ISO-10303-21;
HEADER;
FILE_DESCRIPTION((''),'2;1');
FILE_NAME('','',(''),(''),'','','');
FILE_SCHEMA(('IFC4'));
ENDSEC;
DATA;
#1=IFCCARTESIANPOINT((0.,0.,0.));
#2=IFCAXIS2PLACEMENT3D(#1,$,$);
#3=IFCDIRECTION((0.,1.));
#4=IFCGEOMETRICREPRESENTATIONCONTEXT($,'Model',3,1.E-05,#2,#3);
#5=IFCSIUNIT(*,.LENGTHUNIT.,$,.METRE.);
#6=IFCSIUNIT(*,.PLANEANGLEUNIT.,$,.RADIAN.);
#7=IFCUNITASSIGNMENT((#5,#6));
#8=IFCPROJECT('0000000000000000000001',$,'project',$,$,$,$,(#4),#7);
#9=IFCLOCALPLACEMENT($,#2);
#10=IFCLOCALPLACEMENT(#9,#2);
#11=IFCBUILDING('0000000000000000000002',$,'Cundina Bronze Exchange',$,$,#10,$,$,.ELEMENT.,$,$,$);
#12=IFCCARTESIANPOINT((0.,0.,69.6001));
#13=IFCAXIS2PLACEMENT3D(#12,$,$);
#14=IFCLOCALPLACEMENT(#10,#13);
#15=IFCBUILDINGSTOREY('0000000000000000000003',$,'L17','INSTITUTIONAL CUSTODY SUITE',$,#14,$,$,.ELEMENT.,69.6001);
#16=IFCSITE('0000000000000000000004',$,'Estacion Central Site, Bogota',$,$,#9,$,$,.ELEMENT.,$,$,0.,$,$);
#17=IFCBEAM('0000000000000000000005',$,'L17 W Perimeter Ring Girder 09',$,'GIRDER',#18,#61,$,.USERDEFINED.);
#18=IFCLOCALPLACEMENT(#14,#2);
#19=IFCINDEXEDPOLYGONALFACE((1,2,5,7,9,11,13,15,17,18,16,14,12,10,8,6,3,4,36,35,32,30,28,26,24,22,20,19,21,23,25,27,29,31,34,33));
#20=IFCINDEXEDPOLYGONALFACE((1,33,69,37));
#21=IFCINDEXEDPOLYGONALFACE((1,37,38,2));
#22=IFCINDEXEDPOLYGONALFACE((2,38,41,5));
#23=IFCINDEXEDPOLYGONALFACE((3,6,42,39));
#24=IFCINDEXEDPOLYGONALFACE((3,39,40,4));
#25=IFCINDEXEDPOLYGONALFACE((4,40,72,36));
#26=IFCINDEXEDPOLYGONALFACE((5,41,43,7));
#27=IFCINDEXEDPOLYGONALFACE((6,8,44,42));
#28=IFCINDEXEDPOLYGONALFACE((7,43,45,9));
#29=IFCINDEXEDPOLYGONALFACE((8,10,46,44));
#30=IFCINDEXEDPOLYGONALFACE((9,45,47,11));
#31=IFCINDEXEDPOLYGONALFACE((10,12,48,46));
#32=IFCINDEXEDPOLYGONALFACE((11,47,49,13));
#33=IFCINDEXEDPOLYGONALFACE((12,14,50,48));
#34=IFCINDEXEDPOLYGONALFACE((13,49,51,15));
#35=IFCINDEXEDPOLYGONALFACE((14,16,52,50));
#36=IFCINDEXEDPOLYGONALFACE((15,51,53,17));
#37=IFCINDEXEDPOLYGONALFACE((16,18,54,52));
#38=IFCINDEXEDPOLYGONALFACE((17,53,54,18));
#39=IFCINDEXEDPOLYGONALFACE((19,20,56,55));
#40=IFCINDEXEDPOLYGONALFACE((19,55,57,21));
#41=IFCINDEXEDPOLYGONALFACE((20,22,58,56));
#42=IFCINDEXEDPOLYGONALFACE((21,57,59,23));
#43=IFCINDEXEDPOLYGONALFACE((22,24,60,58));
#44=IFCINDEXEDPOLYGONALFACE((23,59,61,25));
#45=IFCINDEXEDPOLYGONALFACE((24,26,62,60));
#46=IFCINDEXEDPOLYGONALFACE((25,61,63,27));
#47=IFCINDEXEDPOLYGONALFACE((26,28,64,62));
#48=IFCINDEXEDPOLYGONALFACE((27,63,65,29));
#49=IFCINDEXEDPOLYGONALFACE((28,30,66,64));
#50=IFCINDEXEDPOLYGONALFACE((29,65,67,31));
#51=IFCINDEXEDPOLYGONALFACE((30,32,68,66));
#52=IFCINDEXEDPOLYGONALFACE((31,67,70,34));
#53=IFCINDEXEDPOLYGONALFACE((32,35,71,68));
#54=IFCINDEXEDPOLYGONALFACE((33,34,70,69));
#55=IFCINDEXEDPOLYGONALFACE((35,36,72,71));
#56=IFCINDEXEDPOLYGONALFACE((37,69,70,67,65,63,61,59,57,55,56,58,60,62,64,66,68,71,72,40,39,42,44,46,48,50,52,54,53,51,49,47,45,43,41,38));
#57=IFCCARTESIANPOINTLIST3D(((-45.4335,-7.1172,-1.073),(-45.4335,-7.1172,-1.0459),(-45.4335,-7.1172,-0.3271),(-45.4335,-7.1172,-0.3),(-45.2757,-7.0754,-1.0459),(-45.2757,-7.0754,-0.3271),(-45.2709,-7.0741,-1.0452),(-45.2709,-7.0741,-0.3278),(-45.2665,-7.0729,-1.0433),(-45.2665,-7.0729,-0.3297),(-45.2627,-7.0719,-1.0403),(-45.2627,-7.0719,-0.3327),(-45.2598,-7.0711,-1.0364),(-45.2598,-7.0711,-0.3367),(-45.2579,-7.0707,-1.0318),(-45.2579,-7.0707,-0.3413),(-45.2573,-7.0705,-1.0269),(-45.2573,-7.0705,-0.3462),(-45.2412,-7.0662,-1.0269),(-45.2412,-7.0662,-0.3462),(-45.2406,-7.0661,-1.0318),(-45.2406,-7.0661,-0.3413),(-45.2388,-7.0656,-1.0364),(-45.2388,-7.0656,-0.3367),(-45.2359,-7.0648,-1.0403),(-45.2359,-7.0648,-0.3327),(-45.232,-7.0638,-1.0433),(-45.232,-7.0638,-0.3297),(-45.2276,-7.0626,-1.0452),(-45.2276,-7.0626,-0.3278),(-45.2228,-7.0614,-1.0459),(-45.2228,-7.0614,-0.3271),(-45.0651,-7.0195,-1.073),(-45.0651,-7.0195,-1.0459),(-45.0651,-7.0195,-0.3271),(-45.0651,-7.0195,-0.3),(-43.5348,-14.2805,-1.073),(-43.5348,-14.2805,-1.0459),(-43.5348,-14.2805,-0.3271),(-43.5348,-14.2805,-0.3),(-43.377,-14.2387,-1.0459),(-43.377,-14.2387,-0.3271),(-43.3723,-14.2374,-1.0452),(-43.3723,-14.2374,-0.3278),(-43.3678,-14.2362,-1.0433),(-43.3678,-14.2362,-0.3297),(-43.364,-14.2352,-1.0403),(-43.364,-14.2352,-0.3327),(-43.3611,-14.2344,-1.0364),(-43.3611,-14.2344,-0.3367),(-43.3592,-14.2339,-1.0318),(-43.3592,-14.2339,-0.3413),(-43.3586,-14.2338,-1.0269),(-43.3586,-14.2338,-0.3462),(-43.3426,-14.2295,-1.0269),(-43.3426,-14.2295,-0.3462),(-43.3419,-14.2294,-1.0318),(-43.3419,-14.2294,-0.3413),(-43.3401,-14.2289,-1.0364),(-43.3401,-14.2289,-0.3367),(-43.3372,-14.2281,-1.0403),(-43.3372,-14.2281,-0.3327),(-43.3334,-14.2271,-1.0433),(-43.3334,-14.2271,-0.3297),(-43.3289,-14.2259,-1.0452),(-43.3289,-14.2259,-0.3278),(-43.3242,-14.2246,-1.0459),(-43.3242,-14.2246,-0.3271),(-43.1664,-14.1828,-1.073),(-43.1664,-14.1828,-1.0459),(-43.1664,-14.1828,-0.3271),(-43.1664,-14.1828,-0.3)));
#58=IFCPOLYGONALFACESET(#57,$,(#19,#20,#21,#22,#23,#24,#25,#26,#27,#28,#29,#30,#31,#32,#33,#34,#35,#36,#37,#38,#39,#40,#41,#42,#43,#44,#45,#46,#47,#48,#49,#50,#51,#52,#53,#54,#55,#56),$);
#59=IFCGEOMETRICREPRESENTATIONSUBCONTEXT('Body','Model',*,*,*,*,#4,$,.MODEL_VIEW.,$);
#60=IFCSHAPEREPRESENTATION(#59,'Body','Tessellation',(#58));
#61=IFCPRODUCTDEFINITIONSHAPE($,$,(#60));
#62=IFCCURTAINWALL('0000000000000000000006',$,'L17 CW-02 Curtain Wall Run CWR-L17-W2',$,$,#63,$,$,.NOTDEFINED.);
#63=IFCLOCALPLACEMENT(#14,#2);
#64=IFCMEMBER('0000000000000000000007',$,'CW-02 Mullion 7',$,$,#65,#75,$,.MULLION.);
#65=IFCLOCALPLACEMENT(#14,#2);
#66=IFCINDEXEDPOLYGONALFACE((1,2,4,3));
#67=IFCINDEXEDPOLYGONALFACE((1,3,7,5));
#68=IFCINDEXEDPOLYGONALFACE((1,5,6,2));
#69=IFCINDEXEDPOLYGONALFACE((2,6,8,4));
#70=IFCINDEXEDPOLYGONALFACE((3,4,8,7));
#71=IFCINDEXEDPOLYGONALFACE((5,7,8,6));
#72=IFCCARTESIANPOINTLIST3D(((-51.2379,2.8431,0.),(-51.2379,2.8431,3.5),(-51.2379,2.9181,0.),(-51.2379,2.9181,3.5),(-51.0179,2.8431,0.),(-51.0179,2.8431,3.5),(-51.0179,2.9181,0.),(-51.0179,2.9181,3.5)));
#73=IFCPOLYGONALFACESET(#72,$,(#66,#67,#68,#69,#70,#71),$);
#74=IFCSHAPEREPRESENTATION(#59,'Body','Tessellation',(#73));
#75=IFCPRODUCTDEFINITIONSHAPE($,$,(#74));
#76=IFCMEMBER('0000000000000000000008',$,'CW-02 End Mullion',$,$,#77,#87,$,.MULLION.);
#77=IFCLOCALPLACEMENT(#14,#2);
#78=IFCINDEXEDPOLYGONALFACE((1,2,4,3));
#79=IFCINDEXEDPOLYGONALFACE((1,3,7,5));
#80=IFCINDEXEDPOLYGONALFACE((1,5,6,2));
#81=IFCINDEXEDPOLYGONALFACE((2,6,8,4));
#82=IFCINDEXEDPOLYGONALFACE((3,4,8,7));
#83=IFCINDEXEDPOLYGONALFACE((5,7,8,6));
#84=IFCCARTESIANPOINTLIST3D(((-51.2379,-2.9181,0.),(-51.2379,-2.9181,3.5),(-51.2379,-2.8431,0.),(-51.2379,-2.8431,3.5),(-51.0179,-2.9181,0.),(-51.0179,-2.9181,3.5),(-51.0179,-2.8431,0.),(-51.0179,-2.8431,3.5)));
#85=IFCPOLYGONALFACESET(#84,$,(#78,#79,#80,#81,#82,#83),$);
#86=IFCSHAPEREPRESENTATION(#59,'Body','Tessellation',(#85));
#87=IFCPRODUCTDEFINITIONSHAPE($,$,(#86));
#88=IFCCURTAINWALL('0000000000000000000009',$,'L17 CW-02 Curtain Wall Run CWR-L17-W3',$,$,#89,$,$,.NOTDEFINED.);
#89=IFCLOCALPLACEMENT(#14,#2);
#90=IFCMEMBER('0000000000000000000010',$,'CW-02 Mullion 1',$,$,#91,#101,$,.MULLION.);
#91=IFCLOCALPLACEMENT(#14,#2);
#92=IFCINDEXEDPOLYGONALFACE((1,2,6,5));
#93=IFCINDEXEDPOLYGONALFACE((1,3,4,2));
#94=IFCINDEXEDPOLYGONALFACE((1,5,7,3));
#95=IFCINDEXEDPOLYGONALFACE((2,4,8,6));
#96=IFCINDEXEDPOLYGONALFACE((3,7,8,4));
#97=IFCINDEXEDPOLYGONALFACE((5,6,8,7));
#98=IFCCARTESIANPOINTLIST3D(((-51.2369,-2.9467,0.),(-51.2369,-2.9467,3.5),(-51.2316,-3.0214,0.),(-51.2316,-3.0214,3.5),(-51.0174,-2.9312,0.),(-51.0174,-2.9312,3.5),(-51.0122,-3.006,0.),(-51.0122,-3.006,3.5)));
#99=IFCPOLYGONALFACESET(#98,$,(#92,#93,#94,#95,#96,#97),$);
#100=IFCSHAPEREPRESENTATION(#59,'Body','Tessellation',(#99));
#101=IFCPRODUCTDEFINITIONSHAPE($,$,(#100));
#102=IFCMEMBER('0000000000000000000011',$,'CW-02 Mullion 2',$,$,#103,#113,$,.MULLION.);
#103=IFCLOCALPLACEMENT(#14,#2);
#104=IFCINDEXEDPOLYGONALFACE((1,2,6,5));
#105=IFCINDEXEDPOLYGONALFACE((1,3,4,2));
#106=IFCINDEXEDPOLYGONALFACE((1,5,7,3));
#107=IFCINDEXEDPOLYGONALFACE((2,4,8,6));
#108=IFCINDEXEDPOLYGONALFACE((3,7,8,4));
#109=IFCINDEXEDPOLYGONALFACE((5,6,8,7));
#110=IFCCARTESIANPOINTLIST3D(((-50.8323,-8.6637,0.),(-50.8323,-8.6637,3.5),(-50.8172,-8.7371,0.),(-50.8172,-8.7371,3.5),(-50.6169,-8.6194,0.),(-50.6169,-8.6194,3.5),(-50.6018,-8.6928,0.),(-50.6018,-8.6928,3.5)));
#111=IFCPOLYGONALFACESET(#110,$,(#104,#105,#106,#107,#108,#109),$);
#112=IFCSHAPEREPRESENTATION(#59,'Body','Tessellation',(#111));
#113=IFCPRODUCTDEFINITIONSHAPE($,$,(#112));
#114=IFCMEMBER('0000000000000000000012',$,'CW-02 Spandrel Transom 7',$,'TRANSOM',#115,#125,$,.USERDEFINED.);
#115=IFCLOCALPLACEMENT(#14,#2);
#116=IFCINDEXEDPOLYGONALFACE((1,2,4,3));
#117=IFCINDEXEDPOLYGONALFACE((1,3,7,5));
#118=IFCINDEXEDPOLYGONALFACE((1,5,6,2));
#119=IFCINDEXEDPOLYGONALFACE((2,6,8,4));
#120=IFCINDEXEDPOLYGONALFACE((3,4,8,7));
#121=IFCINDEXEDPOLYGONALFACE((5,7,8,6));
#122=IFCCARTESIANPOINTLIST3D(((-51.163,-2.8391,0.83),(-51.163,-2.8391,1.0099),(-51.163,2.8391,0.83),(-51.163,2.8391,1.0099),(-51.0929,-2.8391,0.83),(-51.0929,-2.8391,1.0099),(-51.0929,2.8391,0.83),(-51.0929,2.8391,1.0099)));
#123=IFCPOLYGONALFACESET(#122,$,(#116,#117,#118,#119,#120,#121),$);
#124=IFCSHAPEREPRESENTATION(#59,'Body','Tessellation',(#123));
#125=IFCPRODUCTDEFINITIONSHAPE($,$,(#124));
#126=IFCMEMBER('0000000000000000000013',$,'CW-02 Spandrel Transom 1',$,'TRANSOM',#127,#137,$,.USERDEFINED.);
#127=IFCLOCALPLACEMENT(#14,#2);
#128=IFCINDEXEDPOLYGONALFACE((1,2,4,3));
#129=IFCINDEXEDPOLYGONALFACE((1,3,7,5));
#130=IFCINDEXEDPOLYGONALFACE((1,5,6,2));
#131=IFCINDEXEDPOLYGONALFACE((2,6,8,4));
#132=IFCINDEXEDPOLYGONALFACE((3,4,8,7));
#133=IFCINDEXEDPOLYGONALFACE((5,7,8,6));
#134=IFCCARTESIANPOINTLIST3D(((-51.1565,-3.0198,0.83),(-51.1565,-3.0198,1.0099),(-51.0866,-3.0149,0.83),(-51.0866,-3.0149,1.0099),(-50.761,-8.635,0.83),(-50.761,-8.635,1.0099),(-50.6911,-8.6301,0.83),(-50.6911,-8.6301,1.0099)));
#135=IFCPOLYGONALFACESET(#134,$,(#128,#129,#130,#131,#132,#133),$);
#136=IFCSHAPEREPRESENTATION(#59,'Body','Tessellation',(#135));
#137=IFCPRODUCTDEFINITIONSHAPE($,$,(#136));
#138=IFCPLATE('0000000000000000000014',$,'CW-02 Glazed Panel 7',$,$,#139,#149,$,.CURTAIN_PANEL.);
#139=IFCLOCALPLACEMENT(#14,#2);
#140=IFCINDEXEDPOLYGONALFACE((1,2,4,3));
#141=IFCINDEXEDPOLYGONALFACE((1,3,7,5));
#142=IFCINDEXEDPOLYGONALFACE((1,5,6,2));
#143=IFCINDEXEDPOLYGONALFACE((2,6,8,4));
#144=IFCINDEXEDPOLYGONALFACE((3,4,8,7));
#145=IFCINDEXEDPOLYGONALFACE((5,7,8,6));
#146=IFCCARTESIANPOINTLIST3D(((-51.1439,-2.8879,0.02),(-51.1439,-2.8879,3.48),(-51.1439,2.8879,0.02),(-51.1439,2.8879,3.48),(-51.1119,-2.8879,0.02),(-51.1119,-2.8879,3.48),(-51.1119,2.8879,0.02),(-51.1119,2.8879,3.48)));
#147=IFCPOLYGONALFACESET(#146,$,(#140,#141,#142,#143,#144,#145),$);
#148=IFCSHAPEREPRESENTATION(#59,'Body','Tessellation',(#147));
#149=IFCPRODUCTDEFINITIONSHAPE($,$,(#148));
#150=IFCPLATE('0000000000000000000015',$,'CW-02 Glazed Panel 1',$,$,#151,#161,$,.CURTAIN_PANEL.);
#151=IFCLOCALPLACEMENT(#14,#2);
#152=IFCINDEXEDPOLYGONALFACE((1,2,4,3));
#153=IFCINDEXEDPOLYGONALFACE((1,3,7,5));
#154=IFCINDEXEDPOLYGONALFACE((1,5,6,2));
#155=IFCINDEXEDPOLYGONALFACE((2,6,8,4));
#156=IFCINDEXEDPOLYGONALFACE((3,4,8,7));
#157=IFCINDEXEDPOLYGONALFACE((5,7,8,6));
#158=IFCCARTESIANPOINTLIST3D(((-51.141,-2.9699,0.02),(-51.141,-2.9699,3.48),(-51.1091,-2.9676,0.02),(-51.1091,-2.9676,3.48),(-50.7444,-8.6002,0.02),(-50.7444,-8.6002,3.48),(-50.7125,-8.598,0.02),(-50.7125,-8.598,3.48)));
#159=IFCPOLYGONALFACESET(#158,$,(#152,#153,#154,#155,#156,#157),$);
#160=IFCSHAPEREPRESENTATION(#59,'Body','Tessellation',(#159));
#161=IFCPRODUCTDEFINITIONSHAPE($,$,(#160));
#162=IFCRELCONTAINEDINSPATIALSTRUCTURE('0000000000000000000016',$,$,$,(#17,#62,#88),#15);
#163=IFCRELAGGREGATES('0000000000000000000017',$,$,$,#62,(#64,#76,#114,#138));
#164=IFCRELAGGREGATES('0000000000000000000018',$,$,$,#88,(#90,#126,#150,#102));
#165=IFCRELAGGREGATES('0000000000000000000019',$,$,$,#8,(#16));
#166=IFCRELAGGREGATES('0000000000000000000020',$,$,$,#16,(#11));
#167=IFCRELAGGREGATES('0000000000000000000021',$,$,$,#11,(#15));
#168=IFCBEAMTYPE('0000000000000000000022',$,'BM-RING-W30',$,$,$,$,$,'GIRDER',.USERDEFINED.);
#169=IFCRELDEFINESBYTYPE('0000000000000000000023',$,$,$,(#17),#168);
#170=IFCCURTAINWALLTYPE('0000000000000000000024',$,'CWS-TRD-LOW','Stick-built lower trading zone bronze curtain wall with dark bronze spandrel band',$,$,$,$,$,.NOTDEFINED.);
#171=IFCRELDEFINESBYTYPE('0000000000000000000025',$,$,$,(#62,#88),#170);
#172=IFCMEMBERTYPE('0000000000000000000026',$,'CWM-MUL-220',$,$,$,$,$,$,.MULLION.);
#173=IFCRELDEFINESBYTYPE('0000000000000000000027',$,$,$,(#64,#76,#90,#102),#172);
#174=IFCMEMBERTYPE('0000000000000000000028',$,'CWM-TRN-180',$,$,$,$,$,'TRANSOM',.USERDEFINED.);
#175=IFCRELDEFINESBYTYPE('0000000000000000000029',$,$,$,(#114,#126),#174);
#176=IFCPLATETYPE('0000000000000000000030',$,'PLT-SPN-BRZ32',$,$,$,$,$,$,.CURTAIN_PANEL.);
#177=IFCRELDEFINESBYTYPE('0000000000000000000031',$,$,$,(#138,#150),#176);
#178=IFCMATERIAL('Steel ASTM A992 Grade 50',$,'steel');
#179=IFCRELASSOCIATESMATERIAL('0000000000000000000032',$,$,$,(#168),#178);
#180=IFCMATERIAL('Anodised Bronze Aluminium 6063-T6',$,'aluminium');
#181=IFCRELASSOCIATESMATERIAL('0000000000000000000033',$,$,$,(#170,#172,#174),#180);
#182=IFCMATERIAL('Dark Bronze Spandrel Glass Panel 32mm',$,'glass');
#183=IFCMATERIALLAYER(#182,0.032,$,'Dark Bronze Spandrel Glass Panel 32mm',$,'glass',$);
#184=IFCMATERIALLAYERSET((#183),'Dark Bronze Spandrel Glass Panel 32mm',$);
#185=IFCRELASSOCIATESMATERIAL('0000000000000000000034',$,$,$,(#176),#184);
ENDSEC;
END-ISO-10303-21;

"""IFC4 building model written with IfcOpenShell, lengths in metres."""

from ifc_helpers import new_model, si_unit, direction, frame, origin, origin_2d, place, context, subcontext, project, spatial, rectangle, i_section, extrude, material, layer, layer_set, material_profile, profile_set, type_object, element, aggregate, save


model = new_model("IFC4")

# Units and contexts
model_context = context("Model", 3, precision=1e-05, world=origin(), true_north=direction((0.0, 1.0)))
body_context = subcontext(model_context, "Body", "Model", "MODEL_VIEW")
ifc_project = project(units=[si_unit("LENGTHUNIT", "METRE"), si_unit("PLANEANGLEUNIT", "RADIAN")], contexts=[model_context])

# Site, building, storey
site_placement = place(None, origin())
site = spatial("IfcSite", under=ifc_project, at=site_placement, Name="Estacion Central Site, Bogota", CompositionType="ELEMENT", RefElevation=0.0)
building_placement = place(site_placement, origin())
building = spatial("IfcBuilding", under=site, at=building_placement, Name="Cundina Bronze Exchange", CompositionType="ELEMENT")
storey_placement = place(building_placement, frame((0.0, 0.0, 69.6001)))
storey = spatial("IfcBuildingStorey", under=building, at=storey_placement, Name="L17", Description="INSTITUTIONAL CUSTODY SUITE", CompositionType="ELEMENT", Elevation=69.6001)

# Shared definitions
ifc_material_1 = material(Name="Steel ASTM A992 Grade 50", Category="steel")

# Beam
ifc_material_profile_1 = material_profile(ifc_material_1, i_section(OverallWidth=0.3811, OverallDepth=0.7729, WebThickness=0.0166, FlangeThickness=0.0271, FilletRadius=0.019, at=origin_2d()), Name="W30X173", Category="steel")
ifc_profile_set_1 = profile_set([ifc_material_profile_1], Name="Steel ASTM A992 Grade 50")
beam_type_1 = type_object("IfcBeamType", Name="BM-RING-W30", ElementType="GIRDER", PredefinedType="USERDEFINED", material=ifc_profile_set_1)
for number, where, z_axis, x_axis, name in (
    (1, (-45.2493, -7.0684, -0.6865), (0.256209, -0.966622, 0.0), (0.966622, 0.256209, 0.0), "L17 W Perimeter Ring Girder 09"),
):
    element("IfcBeam", number, at=place(storey_placement, frame(where, z_axis=z_axis, x_axis=x_axis)), inside=storey, type_object=beam_type_1, Name=name, ObjectType="GIRDER", PredefinedType="USERDEFINED", context=body_context, shape_type="SweptSolid", body=[
        extrude(i_section(OverallWidth=0.3811, OverallDepth=0.7729, WebThickness=0.0166, FlangeThickness=0.0271, FilletRadius=0.019, at=origin_2d()), origin(), (0.0, 0.0, 1.0), 7.4106),
    ])

# Curtain walls, members
ifc_material_2 = material(Name="Anodised Bronze Aluminium 6063-T6", Category="aluminium")
curtain_wall_type = type_object("IfcCurtainWallType", Name="CWS-TRD-LOW", Description="Stick-built lower trading zone bronze curtain wall with dark bronze spandrel band", PredefinedType="NOTDEFINED", material=ifc_material_2)
curtain_wall_1_placement = place(storey_placement, origin())
curtain_wall_1 = element("IfcCurtainWall", 2, at=curtain_wall_1_placement, inside=storey, type_object=curtain_wall_type, Name="L17 CW-02 Curtain Wall Run CWR-L17-W2", PredefinedType="NOTDEFINED")
ifc_material_profile_2 = material_profile(ifc_material_2, rectangle(XDim=0.075, YDim=0.22, at=origin_2d()), Name="AL75X220", Category="aluminium")
ifc_profile_set_2 = profile_set([ifc_material_profile_2], Name="Anodised Bronze Aluminium 6063-T6")
member_type_1 = type_object("IfcMemberType", Name="CWM-MUL-220", PredefinedType="MULLION", material=ifc_profile_set_2)
member_1_placement = place(storey_placement, frame((-51.1279, 2.8806, 0.0), z_axis=(0.0, 0.0, 1.0), x_axis=(0.0, -1.0, 0.0)))
member_1 = element("IfcMember", 3, at=member_1_placement, type_object=member_type_1, Name="CW-02 Mullion 7", PredefinedType="MULLION", context=body_context, shape_type="SweptSolid", body=[
    extrude(rectangle(XDim=0.075, YDim=0.22, at=origin_2d()), origin(), (0.0, 0.0, 1.0), 3.5),
])
member_2_placement = place(storey_placement, frame((-51.1279, -2.8806, 0.0), z_axis=(0.0, 0.0, 1.0), x_axis=(0.0, -1.0, 0.0)))
member_2 = element("IfcMember", 4, at=member_2_placement, type_object=member_type_1, Name="CW-02 End Mullion", PredefinedType="MULLION", context=body_context, shape_type="SweptSolid", body=[
    extrude(rectangle(XDim=0.075, YDim=0.22, at=origin_2d()), origin(), (0.0, 0.0, 1.0), 3.5),
])
curtain_wall_2_placement = place(storey_placement, origin())
curtain_wall_2 = element("IfcCurtainWall", 5, at=curtain_wall_2_placement, inside=storey, type_object=curtain_wall_type, Name="L17 CW-02 Curtain Wall Run CWR-L17-W3", PredefinedType="NOTDEFINED")
member_3_placement = place(storey_placement, frame((-51.1245, -2.9763, 0.0), z_axis=(0.0, 0.0, 1.0), x_axis=(0.070279, -0.997527, 0.0)))
member_3 = element("IfcMember", 6, at=member_3_placement, type_object=member_type_1, Name="CW-02 Mullion 1", PredefinedType="MULLION", context=body_context, shape_type="SweptSolid", body=[
    extrude(rectangle(XDim=0.075, YDim=0.22, at=origin_2d()), origin(), (0.0, 0.0, 1.0), 3.5),
])
member_4_placement = place(storey_placement, frame((-50.717, -8.6782, 0.0), z_axis=(0.0, 0.0, 1.0), x_axis=(0.20142, -0.979505, 0.0)))
member_4 = element("IfcMember", 7, at=member_4_placement, type_object=member_type_1, Name="CW-02 Mullion 2", PredefinedType="MULLION", context=body_context, shape_type="SweptSolid", body=[
    extrude(rectangle(XDim=0.075, YDim=0.22, at=origin_2d()), origin(), (0.0, 0.0, 1.0), 3.5),
])

# Members
ifc_material_profile_3 = material_profile(ifc_material_2, rectangle(XDim=0.0701, YDim=0.1799, at=origin_2d()), Name="AL70X180", Category="aluminium")
ifc_profile_set_3 = profile_set([ifc_material_profile_3], Name="Anodised Bronze Aluminium 6063-T6")
member_type_2 = type_object("IfcMemberType", Name="CWM-TRN-180", ElementType="TRANSOM", PredefinedType="USERDEFINED", material=ifc_profile_set_3)
member_5_placement = place(storey_placement, frame((-51.1279, 2.8391, 0.9199), z_axis=(0.0, -1.0, 0.0), x_axis=(1.0, 0.0, 0.0)))
member_5 = element("IfcMember", 8, at=member_5_placement, type_object=member_type_2, Name="CW-02 Spandrel Transom 7", ObjectType="TRANSOM", PredefinedType="USERDEFINED", context=body_context, shape_type="SweptSolid", body=[
    extrude(rectangle(XDim=0.0701, YDim=0.1799, at=origin_2d()), origin(), (0.0, 0.0, 1.0), 5.6782),
])
member_6_placement = place(storey_placement, frame((-51.1216, -3.0173, 0.9199), z_axis=(0.070261, -0.997529, 0.0), x_axis=(0.997529, 0.070261, 0.0)))
member_6 = element("IfcMember", 9, at=member_6_placement, type_object=member_type_2, Name="CW-02 Spandrel Transom 1", ObjectType="TRANSOM", PredefinedType="USERDEFINED", context=body_context, shape_type="SweptSolid", body=[
    extrude(rectangle(XDim=0.0701, YDim=0.1799, at=origin_2d()), origin(), (0.0, 0.0, 1.0), 5.6292),
])

# Plates
ifc_material_3 = material(Name="Dark Bronze Spandrel Glass Panel 32mm", Category="glass")
ifc_layer_1 = layer(ifc_material_3, 0.032, Name="Dark Bronze Spandrel Glass Panel 32mm", Category="glass")
ifc_layer_set_1 = layer_set([ifc_layer_1], Name="Dark Bronze Spandrel Glass Panel 32mm")
plate_type = type_object("IfcPlateType", Name="PLT-SPN-BRZ32", PredefinedType="CURTAIN_PANEL", material=ifc_layer_set_1)
plate_1_placement = place(storey_placement, frame((-51.1279, 0.0, 0.02), z_axis=(0.0, 0.0, 1.0), x_axis=(0.0, -1.0, 0.0)))
plate_1 = element("IfcPlate", 10, at=plate_1_placement, type_object=plate_type, Name="CW-02 Glazed Panel 7", PredefinedType="CURTAIN_PANEL", context=body_context, shape_type="SweptSolid", body=[
    extrude(rectangle(XDim=5.7759, YDim=0.032, at=origin_2d()), origin(), (0.0, 0.0, 1.0), 3.46),
])
aggregate(curtain_wall_1, [member_1, member_2, member_5, plate_1])
plate_2_placement = place(storey_placement, frame((-50.9268, -5.7839, 0.02), z_axis=(0.0, 0.0, 1.0), x_axis=(0.070279, -0.997527, 0.0)))
plate_2 = element("IfcPlate", 11, at=plate_2_placement, type_object=plate_type, Name="CW-02 Glazed Panel 1", PredefinedType="CURTAIN_PANEL", context=body_context, shape_type="SweptSolid", body=[
    extrude(rectangle(XDim=5.6443, YDim=0.032, at=origin_2d()), origin(), (0.0, 0.0, 1.0), 3.46),
])
aggregate(curtain_wall_2, [member_3, member_6, plate_2, member_4])

save(model, "model.ifc")
